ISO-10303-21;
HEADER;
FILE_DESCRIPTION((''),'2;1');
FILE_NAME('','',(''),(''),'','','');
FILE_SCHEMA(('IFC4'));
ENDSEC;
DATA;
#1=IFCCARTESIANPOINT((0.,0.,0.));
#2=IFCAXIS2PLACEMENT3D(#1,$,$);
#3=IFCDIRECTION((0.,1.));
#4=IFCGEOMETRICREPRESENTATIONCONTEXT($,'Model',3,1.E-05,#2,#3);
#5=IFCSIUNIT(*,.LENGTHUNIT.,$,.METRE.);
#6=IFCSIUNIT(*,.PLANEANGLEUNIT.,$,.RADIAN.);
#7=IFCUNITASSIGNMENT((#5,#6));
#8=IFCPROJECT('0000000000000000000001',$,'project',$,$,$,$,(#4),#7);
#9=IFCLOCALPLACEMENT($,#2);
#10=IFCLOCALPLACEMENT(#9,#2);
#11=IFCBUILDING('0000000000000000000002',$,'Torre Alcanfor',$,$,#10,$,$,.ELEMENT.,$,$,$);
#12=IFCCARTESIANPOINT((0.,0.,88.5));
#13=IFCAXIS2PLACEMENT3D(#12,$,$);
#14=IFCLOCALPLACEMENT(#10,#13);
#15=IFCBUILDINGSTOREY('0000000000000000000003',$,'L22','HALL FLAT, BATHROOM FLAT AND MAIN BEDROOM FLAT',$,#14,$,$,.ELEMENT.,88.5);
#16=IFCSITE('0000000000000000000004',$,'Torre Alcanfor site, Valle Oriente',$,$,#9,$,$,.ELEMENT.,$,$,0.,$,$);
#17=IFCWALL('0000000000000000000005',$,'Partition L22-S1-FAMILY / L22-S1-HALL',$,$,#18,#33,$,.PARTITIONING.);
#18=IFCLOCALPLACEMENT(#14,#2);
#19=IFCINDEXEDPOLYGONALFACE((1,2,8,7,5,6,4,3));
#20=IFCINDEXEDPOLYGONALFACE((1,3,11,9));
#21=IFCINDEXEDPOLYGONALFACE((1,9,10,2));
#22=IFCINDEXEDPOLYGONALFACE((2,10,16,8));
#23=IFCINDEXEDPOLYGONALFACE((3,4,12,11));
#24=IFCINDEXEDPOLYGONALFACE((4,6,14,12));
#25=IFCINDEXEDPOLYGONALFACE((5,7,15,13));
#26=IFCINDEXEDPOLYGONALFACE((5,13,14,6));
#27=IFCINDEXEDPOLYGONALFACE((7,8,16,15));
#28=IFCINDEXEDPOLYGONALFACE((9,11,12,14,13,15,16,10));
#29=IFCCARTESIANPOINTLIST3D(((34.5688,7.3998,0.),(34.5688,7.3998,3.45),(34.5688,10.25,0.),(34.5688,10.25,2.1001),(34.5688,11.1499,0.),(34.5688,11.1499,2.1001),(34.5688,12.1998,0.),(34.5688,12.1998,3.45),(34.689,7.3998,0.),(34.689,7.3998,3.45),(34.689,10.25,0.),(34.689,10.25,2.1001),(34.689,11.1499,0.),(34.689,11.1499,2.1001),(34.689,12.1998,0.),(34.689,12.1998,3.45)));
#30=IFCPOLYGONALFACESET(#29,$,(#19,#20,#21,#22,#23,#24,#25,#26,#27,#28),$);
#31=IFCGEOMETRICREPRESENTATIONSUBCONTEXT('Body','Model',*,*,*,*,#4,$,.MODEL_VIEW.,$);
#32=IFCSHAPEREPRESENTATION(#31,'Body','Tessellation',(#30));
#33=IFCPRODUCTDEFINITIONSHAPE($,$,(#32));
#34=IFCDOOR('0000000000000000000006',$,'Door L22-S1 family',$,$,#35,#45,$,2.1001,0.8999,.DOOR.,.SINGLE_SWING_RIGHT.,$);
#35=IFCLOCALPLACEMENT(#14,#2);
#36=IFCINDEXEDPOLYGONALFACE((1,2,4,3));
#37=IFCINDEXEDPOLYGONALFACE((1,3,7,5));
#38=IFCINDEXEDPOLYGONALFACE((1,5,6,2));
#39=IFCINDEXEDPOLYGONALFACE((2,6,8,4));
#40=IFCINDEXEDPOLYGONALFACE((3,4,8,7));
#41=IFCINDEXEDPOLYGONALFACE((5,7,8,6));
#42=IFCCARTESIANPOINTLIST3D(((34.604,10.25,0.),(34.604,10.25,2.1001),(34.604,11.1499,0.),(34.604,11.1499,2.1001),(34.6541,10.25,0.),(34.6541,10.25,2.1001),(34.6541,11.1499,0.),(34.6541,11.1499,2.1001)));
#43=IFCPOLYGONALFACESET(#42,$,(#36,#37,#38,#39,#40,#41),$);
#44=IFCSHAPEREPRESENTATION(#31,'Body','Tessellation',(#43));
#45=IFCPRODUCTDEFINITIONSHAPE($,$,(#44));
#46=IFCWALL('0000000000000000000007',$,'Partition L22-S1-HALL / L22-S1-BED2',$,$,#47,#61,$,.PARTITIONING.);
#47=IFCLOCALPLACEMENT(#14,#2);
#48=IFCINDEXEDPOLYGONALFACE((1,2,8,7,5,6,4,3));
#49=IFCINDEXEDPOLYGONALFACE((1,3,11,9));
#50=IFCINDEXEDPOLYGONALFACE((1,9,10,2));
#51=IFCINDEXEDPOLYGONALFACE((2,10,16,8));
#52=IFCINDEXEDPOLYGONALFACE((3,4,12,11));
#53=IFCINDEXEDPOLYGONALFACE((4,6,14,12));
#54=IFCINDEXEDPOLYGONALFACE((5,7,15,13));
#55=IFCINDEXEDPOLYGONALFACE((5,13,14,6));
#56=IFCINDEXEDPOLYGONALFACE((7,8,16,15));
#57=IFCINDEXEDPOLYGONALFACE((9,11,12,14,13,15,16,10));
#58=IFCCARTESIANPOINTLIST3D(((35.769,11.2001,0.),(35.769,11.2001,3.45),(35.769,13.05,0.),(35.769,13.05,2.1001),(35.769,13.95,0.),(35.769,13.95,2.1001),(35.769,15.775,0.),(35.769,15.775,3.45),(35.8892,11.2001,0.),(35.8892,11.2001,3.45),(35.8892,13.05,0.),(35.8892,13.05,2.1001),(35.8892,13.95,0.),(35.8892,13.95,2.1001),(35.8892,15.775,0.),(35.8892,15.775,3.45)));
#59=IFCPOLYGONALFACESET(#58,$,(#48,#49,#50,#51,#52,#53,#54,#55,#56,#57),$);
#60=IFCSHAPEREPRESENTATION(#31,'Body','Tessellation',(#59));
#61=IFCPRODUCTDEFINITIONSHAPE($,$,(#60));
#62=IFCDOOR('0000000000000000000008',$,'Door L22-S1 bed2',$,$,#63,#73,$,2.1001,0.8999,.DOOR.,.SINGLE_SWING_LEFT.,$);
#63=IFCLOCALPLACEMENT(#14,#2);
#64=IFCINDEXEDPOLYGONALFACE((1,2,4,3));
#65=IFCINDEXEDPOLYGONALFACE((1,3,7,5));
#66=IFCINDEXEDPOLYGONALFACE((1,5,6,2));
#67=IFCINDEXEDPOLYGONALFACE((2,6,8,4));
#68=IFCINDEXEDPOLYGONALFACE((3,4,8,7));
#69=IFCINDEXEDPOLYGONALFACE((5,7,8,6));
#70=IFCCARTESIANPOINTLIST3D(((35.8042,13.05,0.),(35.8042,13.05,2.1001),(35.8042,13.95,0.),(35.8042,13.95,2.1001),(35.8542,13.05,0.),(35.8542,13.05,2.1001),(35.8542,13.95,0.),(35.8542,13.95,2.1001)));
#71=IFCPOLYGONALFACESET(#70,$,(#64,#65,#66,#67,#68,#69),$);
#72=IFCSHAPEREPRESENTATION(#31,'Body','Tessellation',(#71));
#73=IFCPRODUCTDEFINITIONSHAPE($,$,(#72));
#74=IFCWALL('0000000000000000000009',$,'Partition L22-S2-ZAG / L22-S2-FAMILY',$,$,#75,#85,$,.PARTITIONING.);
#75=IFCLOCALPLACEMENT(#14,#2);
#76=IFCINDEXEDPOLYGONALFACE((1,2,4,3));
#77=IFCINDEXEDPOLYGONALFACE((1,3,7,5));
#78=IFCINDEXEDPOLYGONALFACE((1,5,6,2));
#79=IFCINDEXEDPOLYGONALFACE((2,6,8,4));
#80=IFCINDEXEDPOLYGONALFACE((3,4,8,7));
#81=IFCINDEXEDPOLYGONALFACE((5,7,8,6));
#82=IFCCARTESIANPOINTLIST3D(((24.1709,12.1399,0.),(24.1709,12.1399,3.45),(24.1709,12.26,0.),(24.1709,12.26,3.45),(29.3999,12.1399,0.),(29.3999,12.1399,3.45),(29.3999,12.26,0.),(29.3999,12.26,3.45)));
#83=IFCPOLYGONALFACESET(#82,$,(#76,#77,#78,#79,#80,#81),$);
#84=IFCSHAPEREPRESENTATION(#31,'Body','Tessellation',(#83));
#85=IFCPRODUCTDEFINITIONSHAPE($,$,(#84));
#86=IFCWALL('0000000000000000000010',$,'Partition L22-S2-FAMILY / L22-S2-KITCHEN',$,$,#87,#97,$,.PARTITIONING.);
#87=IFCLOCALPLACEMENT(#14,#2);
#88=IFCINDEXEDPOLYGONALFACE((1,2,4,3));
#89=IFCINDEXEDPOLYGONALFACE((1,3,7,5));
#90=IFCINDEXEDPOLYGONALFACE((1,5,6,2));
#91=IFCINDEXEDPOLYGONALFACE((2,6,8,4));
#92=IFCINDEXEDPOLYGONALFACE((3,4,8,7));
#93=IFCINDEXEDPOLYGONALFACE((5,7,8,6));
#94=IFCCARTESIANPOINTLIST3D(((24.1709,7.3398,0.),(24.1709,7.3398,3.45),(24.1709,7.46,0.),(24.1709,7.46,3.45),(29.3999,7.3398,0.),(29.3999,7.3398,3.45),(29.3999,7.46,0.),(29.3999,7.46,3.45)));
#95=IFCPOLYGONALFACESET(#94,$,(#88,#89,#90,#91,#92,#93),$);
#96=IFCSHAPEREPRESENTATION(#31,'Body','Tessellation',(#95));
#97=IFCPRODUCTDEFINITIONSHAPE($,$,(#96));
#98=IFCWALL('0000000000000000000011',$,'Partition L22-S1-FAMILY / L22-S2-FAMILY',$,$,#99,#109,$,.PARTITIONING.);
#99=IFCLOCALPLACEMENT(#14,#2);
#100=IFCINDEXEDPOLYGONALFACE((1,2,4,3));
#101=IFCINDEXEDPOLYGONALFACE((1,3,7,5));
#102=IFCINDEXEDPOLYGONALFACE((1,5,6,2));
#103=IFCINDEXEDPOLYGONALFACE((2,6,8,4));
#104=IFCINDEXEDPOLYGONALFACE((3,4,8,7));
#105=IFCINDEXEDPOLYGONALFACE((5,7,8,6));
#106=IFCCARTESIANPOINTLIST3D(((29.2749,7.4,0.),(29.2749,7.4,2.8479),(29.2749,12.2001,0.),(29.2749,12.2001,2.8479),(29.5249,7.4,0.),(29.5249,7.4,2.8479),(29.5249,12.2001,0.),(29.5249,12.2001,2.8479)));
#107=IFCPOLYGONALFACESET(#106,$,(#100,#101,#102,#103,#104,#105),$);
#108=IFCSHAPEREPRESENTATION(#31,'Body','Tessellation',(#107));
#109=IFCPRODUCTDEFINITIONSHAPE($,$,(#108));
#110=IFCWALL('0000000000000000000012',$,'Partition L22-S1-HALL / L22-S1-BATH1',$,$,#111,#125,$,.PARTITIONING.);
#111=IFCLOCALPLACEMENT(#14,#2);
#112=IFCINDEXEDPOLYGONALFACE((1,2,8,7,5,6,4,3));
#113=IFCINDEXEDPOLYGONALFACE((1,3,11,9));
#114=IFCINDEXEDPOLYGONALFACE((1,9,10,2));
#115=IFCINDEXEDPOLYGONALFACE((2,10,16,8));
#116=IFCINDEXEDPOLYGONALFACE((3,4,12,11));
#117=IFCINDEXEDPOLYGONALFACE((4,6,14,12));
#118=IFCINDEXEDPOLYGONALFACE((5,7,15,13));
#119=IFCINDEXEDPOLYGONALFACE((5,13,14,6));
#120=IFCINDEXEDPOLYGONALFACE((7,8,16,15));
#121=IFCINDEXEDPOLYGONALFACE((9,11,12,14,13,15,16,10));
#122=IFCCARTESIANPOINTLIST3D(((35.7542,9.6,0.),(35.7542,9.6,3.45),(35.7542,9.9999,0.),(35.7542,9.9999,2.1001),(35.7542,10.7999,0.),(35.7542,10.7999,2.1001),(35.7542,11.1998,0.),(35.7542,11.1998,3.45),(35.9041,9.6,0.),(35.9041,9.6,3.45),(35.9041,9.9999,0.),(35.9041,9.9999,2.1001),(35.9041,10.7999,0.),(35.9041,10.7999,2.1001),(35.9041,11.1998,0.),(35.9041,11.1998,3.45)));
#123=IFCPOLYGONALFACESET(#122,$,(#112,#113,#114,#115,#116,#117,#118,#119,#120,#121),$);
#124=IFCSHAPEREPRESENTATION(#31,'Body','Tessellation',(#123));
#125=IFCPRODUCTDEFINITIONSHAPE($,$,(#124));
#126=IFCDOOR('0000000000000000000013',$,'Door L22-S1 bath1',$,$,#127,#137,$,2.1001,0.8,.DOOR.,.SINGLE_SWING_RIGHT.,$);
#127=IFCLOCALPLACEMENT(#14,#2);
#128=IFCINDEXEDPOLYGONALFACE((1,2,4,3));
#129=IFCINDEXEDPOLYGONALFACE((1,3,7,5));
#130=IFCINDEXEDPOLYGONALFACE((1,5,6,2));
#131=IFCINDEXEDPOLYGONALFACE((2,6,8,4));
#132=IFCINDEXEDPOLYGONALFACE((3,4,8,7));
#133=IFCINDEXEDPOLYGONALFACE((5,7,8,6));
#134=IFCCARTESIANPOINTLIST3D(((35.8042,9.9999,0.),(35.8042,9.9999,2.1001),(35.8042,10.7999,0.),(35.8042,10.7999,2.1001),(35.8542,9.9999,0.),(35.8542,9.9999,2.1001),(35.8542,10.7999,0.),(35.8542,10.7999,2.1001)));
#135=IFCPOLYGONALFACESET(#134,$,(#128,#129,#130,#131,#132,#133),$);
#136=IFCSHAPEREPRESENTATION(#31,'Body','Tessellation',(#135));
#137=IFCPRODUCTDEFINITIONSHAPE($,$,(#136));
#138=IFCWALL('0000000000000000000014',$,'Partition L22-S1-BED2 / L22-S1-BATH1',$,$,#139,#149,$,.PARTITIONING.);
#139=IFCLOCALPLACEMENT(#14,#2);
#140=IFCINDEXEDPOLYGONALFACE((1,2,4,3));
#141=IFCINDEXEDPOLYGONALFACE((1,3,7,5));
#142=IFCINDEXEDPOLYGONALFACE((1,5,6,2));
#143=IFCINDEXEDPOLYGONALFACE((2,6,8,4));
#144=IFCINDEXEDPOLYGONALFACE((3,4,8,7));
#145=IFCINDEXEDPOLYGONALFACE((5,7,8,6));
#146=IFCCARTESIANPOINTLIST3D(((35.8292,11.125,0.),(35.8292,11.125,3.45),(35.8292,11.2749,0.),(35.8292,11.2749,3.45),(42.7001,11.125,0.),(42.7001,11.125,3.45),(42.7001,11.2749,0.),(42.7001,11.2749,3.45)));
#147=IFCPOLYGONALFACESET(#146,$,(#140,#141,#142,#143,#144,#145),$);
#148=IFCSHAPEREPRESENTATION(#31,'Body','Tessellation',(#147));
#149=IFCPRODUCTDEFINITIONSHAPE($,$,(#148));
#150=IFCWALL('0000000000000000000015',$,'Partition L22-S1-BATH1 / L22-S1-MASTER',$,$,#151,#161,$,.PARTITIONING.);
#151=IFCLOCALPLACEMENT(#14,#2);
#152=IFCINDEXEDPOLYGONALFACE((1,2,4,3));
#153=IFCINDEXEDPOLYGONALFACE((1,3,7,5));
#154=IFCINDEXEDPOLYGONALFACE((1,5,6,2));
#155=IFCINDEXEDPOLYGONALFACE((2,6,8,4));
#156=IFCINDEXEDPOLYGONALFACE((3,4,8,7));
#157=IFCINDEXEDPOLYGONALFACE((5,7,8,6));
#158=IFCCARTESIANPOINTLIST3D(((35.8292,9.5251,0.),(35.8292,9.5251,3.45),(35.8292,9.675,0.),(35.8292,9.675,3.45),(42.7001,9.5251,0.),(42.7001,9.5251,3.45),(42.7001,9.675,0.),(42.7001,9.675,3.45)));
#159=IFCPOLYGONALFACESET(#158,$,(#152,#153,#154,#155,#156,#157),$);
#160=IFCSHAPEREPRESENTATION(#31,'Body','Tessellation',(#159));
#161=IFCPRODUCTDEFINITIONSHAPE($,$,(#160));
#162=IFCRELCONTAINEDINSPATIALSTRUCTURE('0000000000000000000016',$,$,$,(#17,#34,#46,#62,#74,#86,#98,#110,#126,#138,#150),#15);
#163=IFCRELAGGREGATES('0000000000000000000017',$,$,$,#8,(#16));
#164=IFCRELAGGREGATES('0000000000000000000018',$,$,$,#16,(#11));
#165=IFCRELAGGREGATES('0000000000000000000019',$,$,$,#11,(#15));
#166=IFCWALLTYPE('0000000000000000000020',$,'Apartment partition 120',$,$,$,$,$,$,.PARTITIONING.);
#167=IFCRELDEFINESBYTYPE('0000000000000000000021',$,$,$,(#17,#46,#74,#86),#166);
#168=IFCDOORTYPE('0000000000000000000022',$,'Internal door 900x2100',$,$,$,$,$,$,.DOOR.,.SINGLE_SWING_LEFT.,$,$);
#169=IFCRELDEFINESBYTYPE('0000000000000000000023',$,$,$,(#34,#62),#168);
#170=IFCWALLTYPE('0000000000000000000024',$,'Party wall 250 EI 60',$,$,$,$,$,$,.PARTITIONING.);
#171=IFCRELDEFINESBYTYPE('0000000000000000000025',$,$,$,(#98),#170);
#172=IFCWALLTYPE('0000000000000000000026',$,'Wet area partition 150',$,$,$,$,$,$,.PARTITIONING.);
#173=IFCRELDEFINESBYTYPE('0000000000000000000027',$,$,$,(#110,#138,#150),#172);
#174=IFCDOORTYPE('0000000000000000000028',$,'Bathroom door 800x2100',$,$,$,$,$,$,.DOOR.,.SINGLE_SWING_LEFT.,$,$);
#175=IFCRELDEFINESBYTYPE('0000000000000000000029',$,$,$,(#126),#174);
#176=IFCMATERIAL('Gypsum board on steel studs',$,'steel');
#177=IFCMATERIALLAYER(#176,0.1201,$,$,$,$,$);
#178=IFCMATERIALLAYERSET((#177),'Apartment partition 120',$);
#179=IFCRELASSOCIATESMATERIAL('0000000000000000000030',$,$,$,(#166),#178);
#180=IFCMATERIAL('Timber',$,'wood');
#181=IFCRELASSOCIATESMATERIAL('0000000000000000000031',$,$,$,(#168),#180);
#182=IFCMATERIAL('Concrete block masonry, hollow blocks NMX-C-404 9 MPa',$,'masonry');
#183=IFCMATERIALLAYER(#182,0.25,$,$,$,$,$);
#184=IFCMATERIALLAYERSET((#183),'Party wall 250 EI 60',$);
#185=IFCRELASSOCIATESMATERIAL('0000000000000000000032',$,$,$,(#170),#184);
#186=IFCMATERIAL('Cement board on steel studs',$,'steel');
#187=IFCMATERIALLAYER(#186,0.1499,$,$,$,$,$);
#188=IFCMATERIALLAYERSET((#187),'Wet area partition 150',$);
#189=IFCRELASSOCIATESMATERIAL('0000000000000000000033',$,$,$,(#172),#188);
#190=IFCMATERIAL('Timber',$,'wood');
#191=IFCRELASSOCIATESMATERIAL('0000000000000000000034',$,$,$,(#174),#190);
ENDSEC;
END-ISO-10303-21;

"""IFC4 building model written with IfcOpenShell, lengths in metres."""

from ifc_helpers import new_model, si_unit, direction, frame, frame_2d, origin, place, context, subcontext, project, spatial, rectangle, extrude, material, layer, layer_set, type_object, element, fill, save


model = new_model("IFC4")

# Units and contexts
model_context = context("Model", 3, precision=1e-05, world=origin(), true_north=direction((0.0, 1.0)))
body_context = subcontext(model_context, "Body", "Model", "MODEL_VIEW")
ifc_project = project(units=[si_unit("LENGTHUNIT", "METRE"), si_unit("PLANEANGLEUNIT", "RADIAN")], contexts=[model_context])

# Site, building, storey
site_placement = place(None, origin())
site = spatial("IfcSite", under=ifc_project, at=site_placement, Name="Torre Alcanfor site, Valle Oriente", CompositionType="ELEMENT", RefElevation=0.0)
building_placement = place(site_placement, origin())
building = spatial("IfcBuilding", under=site, at=building_placement, Name="Torre Alcanfor", CompositionType="ELEMENT")
storey_placement = place(building_placement, frame((0.0, 0.0, 88.5)))
storey = spatial("IfcBuildingStorey", under=building, at=storey_placement, Name="L22", Description="HALL FLAT, BATHROOM FLAT AND MAIN BEDROOM FLAT", CompositionType="ELEMENT", Elevation=88.5)

# Shared definitions
ifc_material_1 = material(Name="Gypsum board on steel studs", Category="steel")
ifc_layer_1 = layer(ifc_material_1, 0.1201)
ifc_layer_set_1 = layer_set([ifc_layer_1], Name="Apartment partition 120")
wall_type_1 = type_object("IfcWallType", Name="Apartment partition 120", PredefinedType="PARTITIONING", material=ifc_layer_set_1)

# Walls, openings, doors
wall_1_placement = place(storey_placement, frame((34.6289, 7.3999, 0.0), z_axis=(0.0, 0.0, 1.0), x_axis=(0.0, 1.0, 0.0)))
wall_1 = element("IfcWall", 1, at=wall_1_placement, inside=storey, type_object=wall_type_1, Name="Partition L22-S1-FAMILY / L22-S1-HALL", PredefinedType="PARTITIONING", context=body_context, shape_type="SweptSolid", body=[
    extrude(rectangle(XDim=4.8, YDim=0.1201, at=frame_2d((2.3999, 0.0))), origin(), (0.0, 0.0, 1.0), 3.45),
])
opening_1_placement = place(wall_1_placement, frame((2.8501, 0.0, 0.0)))
opening_1 = element("IfcOpeningElement", 2, at=opening_1_placement, cuts=wall_1, PredefinedType="OPENING", context=body_context, shape_type="SweptSolid", body=[
    extrude(rectangle(XDim=0.8999, YDim=2.1001, at=frame_2d((0.45, 1.05))), frame((0.0, 0.0701, 0.0), z_axis=(0.0, -1.0, 0.0), x_axis=(1.0, 0.0, 0.0)), (0.0, 0.0, 1.0), 0.1401),
])
ifc_material_2 = material(Name="Timber", Category="wood")
door_type_1 = type_object("IfcDoorType", Name="Internal door 900x2100", OperationType="SINGLE_SWING_LEFT", PredefinedType="DOOR", material=ifc_material_2)
door_1_placement = place(opening_1_placement, origin())
door_1 = element("IfcDoor", 3, at=door_1_placement, inside=storey, type_object=door_type_1, Name="Door L22-S1 family", OperationType="SINGLE_SWING_RIGHT", OverallHeight=2.1001, OverallWidth=0.8999, PredefinedType="DOOR", context=body_context, shape_type="SweptSolid", body=[
    extrude(rectangle(XDim=0.8999, YDim=2.1001, at=frame_2d((0.45, 1.05))), frame((0.0, 0.0249, 0.0), z_axis=(0.0, -1.0, 0.0), x_axis=(1.0, 0.0, 0.0)), (0.0, 0.0, 1.0), 0.05),
])
fill(opening_1, door_1)
wall_2_placement = place(storey_placement, frame((35.8291, 11.2, 0.0), z_axis=(0.0, 0.0, 1.0), x_axis=(0.0, 1.0, 0.0)))
wall_2 = element("IfcWall", 4, at=wall_2_placement, inside=storey, type_object=wall_type_1, Name="Partition L22-S1-HALL / L22-S1-BED2", PredefinedType="PARTITIONING", context=body_context, shape_type="SweptSolid", body=[
    extrude(rectangle(XDim=4.575, YDim=0.1201, at=frame_2d((2.2876, 0.0))), origin(), (0.0, 0.0, 1.0), 3.45),
])
opening_2_placement = place(wall_2_placement, frame((1.8501, 0.0, 0.0)))
opening_2 = element("IfcOpeningElement", 5, at=opening_2_placement, cuts=wall_2, PredefinedType="OPENING", context=body_context, shape_type="SweptSolid", body=[
    extrude(rectangle(XDim=0.8999, YDim=2.1001, at=frame_2d((0.45, 1.05))), frame((0.0, 0.0701, 0.0), z_axis=(0.0, -1.0, 0.0), x_axis=(1.0, 0.0, 0.0)), (0.0, 0.0, 1.0), 0.1401),
])
door_2_placement = place(opening_2_placement, frame((0.8999, 0.0, 0.0), z_axis=(0.0, 0.0, 1.0), x_axis=(-1.0, 0.0, 0.0)))
door_2 = element("IfcDoor", 6, at=door_2_placement, inside=storey, type_object=door_type_1, Name="Door L22-S1 bed2", OperationType="SINGLE_SWING_LEFT", OverallHeight=2.1001, OverallWidth=0.8999, PredefinedType="DOOR", context=body_context, shape_type="SweptSolid", body=[
    extrude(rectangle(XDim=0.8999, YDim=2.1001, at=frame_2d((0.45, 1.05))), frame((0.0, 0.0251, 0.0), z_axis=(0.0, -1.0, 0.0), x_axis=(1.0, 0.0, 0.0)), (0.0, 0.0, 1.0), 0.05),
])
fill(opening_2, door_2)

# Walls
for number, where, z_axis, x_axis, name in (
    (7, (29.3999, 12.2, 0.0), (0.0, 0.0, 1.0), (-1.0, 0.0, 0.0), "Partition L22-S2-ZAG / L22-S2-FAMILY"),
    (8, (29.3999, 7.3999, 0.0), (0.0, 0.0, 1.0), (-1.0, 0.0, 0.0), "Partition L22-S2-FAMILY / L22-S2-KITCHEN"),
):
    element("IfcWall", number, at=place(storey_placement, frame(where, z_axis=z_axis, x_axis=x_axis)), inside=storey, type_object=wall_type_1, Name=name, PredefinedType="PARTITIONING", context=body_context, shape_type="SweptSolid", body=[
        extrude(rectangle(XDim=5.229, YDim=0.1201, at=frame_2d((2.6145, 0.0))), origin(), (0.0, 0.0, 1.0), 3.45),
    ])
ifc_material_3 = material(Name="Concrete block masonry, hollow blocks NMX-C-404 9 MPa", Category="masonry")
ifc_layer_2 = layer(ifc_material_3, 0.25)
ifc_layer_set_2 = layer_set([ifc_layer_2], Name="Party wall 250 EI 60")
wall_type_2 = type_object("IfcWallType", Name="Party wall 250 EI 60", PredefinedType="PARTITIONING", material=ifc_layer_set_2)
wall_3_placement = place(storey_placement, frame((29.3999, 12.2, 0.0), z_axis=(0.0, 0.0, 1.0), x_axis=(0.0, -1.0, 0.0)))
element("IfcWall", 9, at=wall_3_placement, inside=storey, type_object=wall_type_2, Name="Partition L22-S1-FAMILY / L22-S2-FAMILY", PredefinedType="PARTITIONING", context=body_context, shape_type="SweptSolid", body=[
    extrude(rectangle(XDim=4.8, YDim=0.25, at=frame_2d((2.3999, 0.0))), origin(), (0.0, 0.0, 1.0), 2.8479),
])

# Wall, opening, door
ifc_material_4 = material(Name="Cement board on steel studs", Category="steel")
ifc_layer_3 = layer(ifc_material_4, 0.1499)
ifc_layer_set_3 = layer_set([ifc_layer_3], Name="Wet area partition 150")
wall_type_3 = type_object("IfcWallType", Name="Wet area partition 150", PredefinedType="PARTITIONING", material=ifc_layer_set_3)
wall_4_placement = place(storey_placement, frame((35.8291, 9.6001, 0.0), z_axis=(0.0, 0.0, 1.0), x_axis=(0.0, 1.0, 0.0)))
wall_4 = element("IfcWall", 10, at=wall_4_placement, inside=storey, type_object=wall_type_3, Name="Partition L22-S1-HALL / L22-S1-BATH1", PredefinedType="PARTITIONING", context=body_context, shape_type="SweptSolid", body=[
    extrude(rectangle(XDim=1.5999, YDim=0.1499, at=frame_2d((0.7998, 0.0))), origin(), (0.0, 0.0, 1.0), 3.45),
])
opening_3_placement = place(wall_4_placement, frame((0.3999, 0.0, 0.0)))
opening_3 = element("IfcOpeningElement", 11, at=opening_3_placement, cuts=wall_4, PredefinedType="OPENING", context=body_context, shape_type="SweptSolid", body=[
    extrude(rectangle(XDim=0.8, YDim=2.1001, at=frame_2d((0.3999, 1.05))), frame((0.0, 0.085, 0.0), z_axis=(0.0, -1.0, 0.0), x_axis=(1.0, 0.0, 0.0)), (0.0, 0.0, 1.0), 0.1699),
])
ifc_material_5 = material(Name="Timber", Category="wood")
door_type_2 = type_object("IfcDoorType", Name="Bathroom door 800x2100", OperationType="SINGLE_SWING_LEFT", PredefinedType="DOOR", material=ifc_material_5)
door_3_placement = place(opening_3_placement, frame((0.8, 0.0, 0.0), z_axis=(0.0, 0.0, 1.0), x_axis=(-1.0, 0.0, 0.0)))
door_3 = element("IfcDoor", 12, at=door_3_placement, inside=storey, type_object=door_type_2, Name="Door L22-S1 bath1", OperationType="SINGLE_SWING_RIGHT", OverallHeight=2.1001, OverallWidth=0.8, PredefinedType="DOOR", context=body_context, shape_type="SweptSolid", body=[
    extrude(rectangle(XDim=0.8, YDim=2.1001, at=frame_2d((0.4001, 1.05))), frame((0.0, 0.0251, 0.0), z_axis=(0.0, -1.0, 0.0), x_axis=(1.0, 0.0, 0.0)), (0.0, 0.0, 1.0), 0.05),
])
fill(opening_3, door_3)

# Walls
for number, where, z_axis, x_axis, name in (
    (13, (35.8291, 11.2, 0.0), (0.0, 0.0, 1.0), (1.0, 0.0, 0.0), "Partition L22-S1-BED2 / L22-S1-BATH1"),
    (14, (35.8291, 9.6001, 0.0), (0.0, 0.0, 1.0), (1.0, 0.0, 0.0), "Partition L22-S1-BATH1 / L22-S1-MASTER"),
):
    element("IfcWall", number, at=place(storey_placement, frame(where, z_axis=z_axis, x_axis=x_axis)), inside=storey, type_object=wall_type_3, Name=name, PredefinedType="PARTITIONING", context=body_context, shape_type="SweptSolid", body=[
        extrude(rectangle(XDim=6.8708, YDim=0.1499, at=frame_2d((3.4355, 0.0))), origin(), (0.0, 0.0, 1.0), 3.45),
    ])

save(model, "model.ifc")
